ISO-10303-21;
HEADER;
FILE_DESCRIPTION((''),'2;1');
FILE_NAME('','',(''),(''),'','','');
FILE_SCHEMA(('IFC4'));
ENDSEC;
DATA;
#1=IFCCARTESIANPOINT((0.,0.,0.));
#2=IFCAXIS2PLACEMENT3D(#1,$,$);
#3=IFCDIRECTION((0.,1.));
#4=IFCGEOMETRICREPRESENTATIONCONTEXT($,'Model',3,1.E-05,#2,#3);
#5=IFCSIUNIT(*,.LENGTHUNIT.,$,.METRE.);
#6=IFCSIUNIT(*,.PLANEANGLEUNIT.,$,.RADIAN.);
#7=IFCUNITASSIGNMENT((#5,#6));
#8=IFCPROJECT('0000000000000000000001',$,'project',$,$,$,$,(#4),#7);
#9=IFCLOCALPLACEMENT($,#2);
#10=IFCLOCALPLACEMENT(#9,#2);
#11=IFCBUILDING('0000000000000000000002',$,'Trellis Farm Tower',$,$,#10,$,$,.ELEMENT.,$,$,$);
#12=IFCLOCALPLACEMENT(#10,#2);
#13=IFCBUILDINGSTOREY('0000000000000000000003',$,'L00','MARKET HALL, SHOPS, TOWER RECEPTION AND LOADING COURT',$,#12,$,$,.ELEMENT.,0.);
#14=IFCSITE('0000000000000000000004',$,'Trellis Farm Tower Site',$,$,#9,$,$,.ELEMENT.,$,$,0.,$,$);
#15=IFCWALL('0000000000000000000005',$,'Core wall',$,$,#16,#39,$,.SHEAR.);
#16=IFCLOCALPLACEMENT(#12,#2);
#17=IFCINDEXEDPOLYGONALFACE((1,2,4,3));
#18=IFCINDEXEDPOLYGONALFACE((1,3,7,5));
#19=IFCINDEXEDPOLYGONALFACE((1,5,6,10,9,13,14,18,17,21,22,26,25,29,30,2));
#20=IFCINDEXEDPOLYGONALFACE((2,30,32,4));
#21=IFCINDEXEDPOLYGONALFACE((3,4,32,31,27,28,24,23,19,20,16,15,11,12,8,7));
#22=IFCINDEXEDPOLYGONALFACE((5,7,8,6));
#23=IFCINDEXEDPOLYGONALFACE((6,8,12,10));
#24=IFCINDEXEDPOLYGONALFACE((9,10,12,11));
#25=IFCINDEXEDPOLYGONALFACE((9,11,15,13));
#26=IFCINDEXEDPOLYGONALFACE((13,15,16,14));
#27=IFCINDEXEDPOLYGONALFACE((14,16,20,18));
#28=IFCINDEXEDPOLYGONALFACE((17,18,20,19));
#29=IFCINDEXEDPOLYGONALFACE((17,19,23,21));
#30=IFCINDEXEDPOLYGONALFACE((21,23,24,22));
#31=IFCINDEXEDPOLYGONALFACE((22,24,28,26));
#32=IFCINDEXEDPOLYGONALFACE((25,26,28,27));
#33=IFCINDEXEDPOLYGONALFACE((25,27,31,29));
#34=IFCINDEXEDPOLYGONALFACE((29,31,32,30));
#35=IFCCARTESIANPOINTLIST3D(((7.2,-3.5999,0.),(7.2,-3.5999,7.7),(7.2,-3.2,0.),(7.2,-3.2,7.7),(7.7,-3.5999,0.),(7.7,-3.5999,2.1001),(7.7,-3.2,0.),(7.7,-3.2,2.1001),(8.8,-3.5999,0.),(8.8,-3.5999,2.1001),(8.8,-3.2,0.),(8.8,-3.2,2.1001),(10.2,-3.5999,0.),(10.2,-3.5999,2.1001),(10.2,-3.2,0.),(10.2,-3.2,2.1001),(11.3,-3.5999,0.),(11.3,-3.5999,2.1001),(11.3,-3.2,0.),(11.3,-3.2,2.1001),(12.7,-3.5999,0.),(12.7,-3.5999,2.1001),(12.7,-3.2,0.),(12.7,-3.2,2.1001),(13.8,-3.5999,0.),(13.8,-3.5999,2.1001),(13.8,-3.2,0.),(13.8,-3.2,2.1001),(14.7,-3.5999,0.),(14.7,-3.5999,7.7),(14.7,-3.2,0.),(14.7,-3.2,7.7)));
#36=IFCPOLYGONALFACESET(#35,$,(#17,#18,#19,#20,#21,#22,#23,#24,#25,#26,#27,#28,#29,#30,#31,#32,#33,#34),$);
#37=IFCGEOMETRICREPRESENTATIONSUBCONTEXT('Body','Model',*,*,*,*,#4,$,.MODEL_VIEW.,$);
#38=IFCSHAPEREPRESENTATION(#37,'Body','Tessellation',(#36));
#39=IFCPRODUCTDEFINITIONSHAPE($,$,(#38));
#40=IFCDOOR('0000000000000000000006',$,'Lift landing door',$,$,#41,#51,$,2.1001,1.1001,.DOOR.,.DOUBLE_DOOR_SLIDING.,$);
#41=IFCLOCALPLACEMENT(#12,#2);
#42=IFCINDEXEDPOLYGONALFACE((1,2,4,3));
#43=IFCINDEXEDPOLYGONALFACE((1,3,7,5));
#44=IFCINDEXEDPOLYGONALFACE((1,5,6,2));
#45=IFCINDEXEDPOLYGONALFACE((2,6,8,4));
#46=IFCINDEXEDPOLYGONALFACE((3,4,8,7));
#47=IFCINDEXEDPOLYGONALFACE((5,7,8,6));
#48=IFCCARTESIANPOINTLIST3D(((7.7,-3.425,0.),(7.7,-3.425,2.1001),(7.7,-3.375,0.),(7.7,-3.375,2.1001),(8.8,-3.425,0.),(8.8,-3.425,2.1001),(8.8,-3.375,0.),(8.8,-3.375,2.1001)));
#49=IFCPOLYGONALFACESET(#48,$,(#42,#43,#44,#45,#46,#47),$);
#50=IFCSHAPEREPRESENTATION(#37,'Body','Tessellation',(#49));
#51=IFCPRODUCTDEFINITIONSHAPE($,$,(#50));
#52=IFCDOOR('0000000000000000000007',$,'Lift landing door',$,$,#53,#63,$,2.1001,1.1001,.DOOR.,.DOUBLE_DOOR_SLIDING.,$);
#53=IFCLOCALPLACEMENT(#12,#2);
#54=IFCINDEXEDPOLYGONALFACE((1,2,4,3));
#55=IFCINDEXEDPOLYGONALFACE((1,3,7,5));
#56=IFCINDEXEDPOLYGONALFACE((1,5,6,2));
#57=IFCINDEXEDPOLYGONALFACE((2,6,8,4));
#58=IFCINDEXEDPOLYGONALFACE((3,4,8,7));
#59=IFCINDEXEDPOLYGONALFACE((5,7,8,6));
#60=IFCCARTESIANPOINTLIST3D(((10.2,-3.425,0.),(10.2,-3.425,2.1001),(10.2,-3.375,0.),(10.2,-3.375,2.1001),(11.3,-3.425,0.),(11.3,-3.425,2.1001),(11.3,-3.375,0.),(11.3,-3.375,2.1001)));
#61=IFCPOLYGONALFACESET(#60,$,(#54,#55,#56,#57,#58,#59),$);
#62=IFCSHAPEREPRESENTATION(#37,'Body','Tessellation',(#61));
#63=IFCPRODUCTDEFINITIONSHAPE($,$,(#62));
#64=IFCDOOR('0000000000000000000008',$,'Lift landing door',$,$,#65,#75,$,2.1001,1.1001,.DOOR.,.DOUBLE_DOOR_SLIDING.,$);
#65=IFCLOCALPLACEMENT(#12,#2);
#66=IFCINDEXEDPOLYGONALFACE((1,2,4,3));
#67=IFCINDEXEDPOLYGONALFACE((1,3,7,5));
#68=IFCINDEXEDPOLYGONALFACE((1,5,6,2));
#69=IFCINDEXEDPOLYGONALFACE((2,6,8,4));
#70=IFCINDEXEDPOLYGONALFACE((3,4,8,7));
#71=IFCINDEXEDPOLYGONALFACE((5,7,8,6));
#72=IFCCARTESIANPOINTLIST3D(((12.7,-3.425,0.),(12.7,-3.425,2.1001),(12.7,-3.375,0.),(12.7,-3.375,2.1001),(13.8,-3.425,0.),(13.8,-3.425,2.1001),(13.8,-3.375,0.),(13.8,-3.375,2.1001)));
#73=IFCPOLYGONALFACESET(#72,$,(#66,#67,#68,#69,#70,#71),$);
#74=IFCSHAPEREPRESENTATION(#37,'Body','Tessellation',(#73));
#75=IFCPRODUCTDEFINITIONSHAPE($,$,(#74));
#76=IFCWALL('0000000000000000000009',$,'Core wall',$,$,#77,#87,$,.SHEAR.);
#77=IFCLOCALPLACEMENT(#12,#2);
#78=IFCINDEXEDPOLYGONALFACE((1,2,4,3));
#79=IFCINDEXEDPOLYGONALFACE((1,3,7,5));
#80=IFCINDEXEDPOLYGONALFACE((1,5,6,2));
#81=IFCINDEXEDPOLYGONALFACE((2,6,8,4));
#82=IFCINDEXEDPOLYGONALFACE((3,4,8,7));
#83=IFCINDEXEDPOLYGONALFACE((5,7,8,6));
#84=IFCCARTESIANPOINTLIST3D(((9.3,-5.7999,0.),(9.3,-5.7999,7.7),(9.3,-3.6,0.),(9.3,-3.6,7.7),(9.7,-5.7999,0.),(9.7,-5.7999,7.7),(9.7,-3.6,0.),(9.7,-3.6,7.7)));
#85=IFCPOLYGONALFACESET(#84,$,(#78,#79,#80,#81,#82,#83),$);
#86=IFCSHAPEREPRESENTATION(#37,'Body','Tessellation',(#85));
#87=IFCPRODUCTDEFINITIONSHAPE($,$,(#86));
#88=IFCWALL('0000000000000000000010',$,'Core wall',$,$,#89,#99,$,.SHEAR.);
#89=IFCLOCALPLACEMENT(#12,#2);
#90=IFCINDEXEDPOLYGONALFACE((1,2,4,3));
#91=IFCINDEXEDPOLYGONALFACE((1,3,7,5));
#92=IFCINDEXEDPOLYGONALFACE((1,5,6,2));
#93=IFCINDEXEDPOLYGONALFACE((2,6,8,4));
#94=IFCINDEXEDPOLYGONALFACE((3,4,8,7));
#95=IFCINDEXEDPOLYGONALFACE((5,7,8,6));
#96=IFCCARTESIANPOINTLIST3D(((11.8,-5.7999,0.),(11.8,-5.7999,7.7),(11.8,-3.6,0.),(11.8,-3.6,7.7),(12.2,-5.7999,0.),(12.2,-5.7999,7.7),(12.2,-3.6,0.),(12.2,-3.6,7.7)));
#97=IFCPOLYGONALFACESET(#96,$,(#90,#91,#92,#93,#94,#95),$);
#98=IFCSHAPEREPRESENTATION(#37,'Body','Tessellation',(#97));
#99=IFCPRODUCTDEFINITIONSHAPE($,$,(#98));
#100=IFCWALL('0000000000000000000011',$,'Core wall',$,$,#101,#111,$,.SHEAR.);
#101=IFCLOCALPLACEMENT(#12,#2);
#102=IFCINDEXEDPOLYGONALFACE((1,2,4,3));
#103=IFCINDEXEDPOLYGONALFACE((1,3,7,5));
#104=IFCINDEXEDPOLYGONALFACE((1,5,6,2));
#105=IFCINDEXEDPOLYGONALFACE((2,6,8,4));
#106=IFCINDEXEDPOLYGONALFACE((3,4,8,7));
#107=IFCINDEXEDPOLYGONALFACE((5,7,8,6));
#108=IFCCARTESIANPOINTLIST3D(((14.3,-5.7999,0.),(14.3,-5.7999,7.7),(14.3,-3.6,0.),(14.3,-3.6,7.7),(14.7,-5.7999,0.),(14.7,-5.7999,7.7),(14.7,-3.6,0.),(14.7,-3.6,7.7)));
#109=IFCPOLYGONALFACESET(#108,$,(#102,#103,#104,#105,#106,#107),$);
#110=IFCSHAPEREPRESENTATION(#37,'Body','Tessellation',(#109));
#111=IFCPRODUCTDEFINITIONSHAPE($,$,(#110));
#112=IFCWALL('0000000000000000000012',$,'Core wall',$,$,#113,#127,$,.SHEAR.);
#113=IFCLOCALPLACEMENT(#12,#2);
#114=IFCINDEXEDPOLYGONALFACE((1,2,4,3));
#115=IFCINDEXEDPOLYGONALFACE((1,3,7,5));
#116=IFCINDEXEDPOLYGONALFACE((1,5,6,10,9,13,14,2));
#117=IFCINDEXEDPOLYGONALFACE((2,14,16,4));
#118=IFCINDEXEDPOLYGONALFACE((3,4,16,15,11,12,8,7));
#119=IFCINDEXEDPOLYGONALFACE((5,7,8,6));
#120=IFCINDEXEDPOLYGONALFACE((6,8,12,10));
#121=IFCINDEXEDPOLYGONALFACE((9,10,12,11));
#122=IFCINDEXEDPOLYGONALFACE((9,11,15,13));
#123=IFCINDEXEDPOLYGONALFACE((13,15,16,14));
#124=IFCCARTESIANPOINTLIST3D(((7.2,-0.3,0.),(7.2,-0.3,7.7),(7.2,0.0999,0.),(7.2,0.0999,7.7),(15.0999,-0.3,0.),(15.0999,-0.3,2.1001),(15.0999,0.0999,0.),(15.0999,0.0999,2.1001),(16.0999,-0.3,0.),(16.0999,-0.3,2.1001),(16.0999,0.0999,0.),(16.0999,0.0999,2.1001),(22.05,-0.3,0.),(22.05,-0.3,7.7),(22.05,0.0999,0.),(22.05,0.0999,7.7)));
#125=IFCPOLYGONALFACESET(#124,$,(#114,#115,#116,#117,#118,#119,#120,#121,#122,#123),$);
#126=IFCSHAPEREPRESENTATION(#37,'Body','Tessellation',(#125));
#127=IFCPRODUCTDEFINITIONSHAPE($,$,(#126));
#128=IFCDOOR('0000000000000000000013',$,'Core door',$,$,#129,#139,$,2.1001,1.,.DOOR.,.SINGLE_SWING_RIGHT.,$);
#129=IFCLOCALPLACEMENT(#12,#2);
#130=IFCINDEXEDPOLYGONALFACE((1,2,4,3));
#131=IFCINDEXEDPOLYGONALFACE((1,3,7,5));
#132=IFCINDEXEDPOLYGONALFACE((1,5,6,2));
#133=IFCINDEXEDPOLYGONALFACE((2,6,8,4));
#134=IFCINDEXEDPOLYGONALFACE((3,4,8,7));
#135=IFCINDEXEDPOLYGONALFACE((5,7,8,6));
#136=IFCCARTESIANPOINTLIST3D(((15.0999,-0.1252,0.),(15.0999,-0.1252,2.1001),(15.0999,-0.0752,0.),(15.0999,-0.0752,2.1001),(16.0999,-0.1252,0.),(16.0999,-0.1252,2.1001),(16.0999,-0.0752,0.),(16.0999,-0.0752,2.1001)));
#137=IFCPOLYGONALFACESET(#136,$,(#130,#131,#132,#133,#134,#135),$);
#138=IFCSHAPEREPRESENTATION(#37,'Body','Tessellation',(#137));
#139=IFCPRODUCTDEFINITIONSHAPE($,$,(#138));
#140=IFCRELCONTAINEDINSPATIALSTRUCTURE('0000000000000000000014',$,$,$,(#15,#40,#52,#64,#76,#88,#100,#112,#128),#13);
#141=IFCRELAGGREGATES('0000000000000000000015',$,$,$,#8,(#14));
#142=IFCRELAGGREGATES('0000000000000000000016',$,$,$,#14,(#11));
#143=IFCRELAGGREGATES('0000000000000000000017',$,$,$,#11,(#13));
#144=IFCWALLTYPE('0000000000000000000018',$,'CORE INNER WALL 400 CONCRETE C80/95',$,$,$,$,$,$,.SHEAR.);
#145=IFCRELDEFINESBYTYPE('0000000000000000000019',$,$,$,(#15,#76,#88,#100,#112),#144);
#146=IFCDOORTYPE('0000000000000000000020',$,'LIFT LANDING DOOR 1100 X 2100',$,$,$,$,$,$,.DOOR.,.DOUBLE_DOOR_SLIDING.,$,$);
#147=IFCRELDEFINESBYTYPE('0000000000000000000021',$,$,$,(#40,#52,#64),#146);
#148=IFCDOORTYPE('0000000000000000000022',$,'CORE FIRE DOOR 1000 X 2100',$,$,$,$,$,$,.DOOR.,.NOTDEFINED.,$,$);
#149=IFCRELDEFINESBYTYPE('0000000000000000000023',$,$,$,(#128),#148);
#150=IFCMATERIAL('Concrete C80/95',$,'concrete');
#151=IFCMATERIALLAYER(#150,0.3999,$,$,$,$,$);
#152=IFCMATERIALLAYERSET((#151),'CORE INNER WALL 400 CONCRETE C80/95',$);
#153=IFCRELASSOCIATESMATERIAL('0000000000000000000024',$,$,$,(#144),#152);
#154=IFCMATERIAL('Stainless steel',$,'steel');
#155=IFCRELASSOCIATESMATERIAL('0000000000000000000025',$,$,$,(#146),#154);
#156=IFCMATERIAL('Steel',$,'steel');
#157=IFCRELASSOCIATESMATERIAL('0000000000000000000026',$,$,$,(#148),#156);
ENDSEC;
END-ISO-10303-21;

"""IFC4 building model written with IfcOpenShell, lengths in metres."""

from ifc_helpers import new_model, si_unit, direction, frame, frame_2d, origin, place, context, subcontext, project, spatial, rectangle, extrude, source, transform, mapped, material, layer, layer_set, type_object, element, fill, save


model = new_model("IFC4")

# Units and contexts
model_context = context("Model", 3, precision=1e-05, world=origin(), true_north=direction((0.0, 1.0)))
body_context = subcontext(model_context, "Body", "Model", "MODEL_VIEW")
ifc_project = project(units=[si_unit("LENGTHUNIT", "METRE"), si_unit("PLANEANGLEUNIT", "RADIAN")], contexts=[model_context])

# Site, building, storey
site_placement = place(None, origin())
site = spatial("IfcSite", under=ifc_project, at=site_placement, Name="Trellis Farm Tower Site", CompositionType="ELEMENT", RefElevation=0.0)
building_placement = place(site_placement, origin())
building = spatial("IfcBuilding", under=site, at=building_placement, Name="Trellis Farm Tower", CompositionType="ELEMENT")
storey_placement = place(building_placement, origin())
storey = spatial("IfcBuildingStorey", under=building, at=storey_placement, Name="L00", Description="MARKET HALL, SHOPS, TOWER RECEPTION AND LOADING COURT", CompositionType="ELEMENT", Elevation=0.0)

# Wall, openings, doors
ifc_material_1 = material(Name="Concrete C80/95", Category="concrete")
ifc_layer = layer(ifc_material_1, 0.3999)
ifc_layer_set = layer_set([ifc_layer], Name="CORE INNER WALL 400 CONCRETE C80/95")
wall_type = type_object("IfcWallType", Name="CORE INNER WALL 400 CONCRETE C80/95", PredefinedType="SHEAR", material=ifc_layer_set)
wall_1_placement = place(storey_placement, frame((7.2, -3.3999, 0.0), z_axis=(0.0, 0.0, 1.0), x_axis=(1.0, 0.0, 0.0)))
wall_1 = element("IfcWall", 1, at=wall_1_placement, inside=storey, type_object=wall_type, Name="Core wall", PredefinedType="SHEAR", context=body_context, shape_type="SweptSolid", body=[
    extrude(rectangle(XDim=7.5, YDim=0.3999, at=frame_2d((3.75, 0.0))), origin(), (0.0, 0.0, 1.0), 7.7),
])
shared_shape_1 = source(origin(), body_context, "Body", "SweptSolid", [
    extrude(rectangle(XDim=1.1001, YDim=2.1001, at=frame_2d((0.55, 1.05))), frame((0.0, 0.21, 0.0), z_axis=(0.0, -1.0, 0.0), x_axis=(1.0, 0.0, 0.0)), (0.0, 0.0, 1.0), 0.4199),
])
opening_1_placement = place(wall_1_placement, frame((0.5, 0.0, 0.0)))
opening_1 = element("IfcOpeningElement", 2, at=opening_1_placement, cuts=wall_1, PredefinedType="OPENING", context=body_context, shape_type="MappedRepresentation", body=[
    mapped(shared_shape_1, transform((0.0, 0.0, 0.0))),
])
opening_2_placement = place(wall_1_placement, frame((3.0, 0.0, 0.0)))
opening_2 = element("IfcOpeningElement", 3, at=opening_2_placement, cuts=wall_1, PredefinedType="OPENING", context=body_context, shape_type="MappedRepresentation", body=[
    mapped(shared_shape_1, transform((0.0, 0.0, 0.0))),
])
opening_3_placement = place(wall_1_placement, frame((5.5, 0.0, 0.0)))
opening_3 = element("IfcOpeningElement", 4, at=opening_3_placement, cuts=wall_1, PredefinedType="OPENING", context=body_context, shape_type="MappedRepresentation", body=[
    mapped(shared_shape_1, transform((0.0, 0.0, 0.0))),
])
ifc_material_2 = material(Name="Stainless steel", Category="steel")
door_type_1 = type_object("IfcDoorType", Name="LIFT LANDING DOOR 1100 X 2100", OperationType="DOUBLE_DOOR_SLIDING", PredefinedType="DOOR", material=ifc_material_2)
shared_shape_2 = source(origin(), body_context, "Body", "SweptSolid", [
    extrude(rectangle(XDim=1.1001, YDim=2.1001, at=frame_2d((0.55, 1.05))), frame((0.0, 0.0249, 0.0), z_axis=(0.0, -1.0, 0.0), x_axis=(1.0, 0.0, 0.0)), (0.0, 0.0, 1.0), 0.05),
])
door_1_placement = place(opening_1_placement, origin())
door_1 = element("IfcDoor", 5, at=door_1_placement, inside=storey, type_object=door_type_1, Name="Lift landing door", OperationType="DOUBLE_DOOR_SLIDING", OverallHeight=2.1001, OverallWidth=1.1001, PredefinedType="DOOR", context=body_context, shape_type="MappedRepresentation", body=[
    mapped(shared_shape_2, transform((0.0, 0.0, 0.0))),
])
fill(opening_1, door_1)
door_2_placement = place(opening_2_placement, origin())
door_2 = element("IfcDoor", 6, at=door_2_placement, inside=storey, type_object=door_type_1, Name="Lift landing door", OperationType="DOUBLE_DOOR_SLIDING", OverallHeight=2.1001, OverallWidth=1.1001, PredefinedType="DOOR", context=body_context, shape_type="MappedRepresentation", body=[
    mapped(shared_shape_2, transform((0.0, 0.0, 0.0))),
])
fill(opening_2, door_2)
door_3_placement = place(opening_3_placement, origin())
door_3 = element("IfcDoor", 7, at=door_3_placement, inside=storey, type_object=door_type_1, Name="Lift landing door", OperationType="DOUBLE_DOOR_SLIDING", OverallHeight=2.1001, OverallWidth=1.1001, PredefinedType="DOOR", context=body_context, shape_type="MappedRepresentation", body=[
    mapped(shared_shape_2, transform((0.0, 0.0, 0.0))),
])
fill(opening_3, door_3)

# Walls
shared_shape_3 = source(origin(), body_context, "Body", "SweptSolid", [
    extrude(rectangle(XDim=2.2, YDim=0.3999, at=frame_2d((1.1001, 0.0))), origin(), (0.0, 0.0, 1.0), 7.7),
])
for number, where, z_axis, x_axis, name in (
    (8, (9.5, -5.8, 0.0), (0.0, 0.0, 1.0), (0.0, 1.0, 0.0), "Core wall"),
    (9, (12.0, -5.8, 0.0), (0.0, 0.0, 1.0), (0.0, 1.0, 0.0), "Core wall"),
    (10, (14.5, -5.8, 0.0), (0.0, 0.0, 1.0), (0.0, 1.0, 0.0), "Core wall"),
):
    element("IfcWall", number, at=place(storey_placement, frame(where, z_axis=z_axis, x_axis=x_axis)), inside=storey, type_object=wall_type, Name=name, PredefinedType="SHEAR", context=body_context, shape_type="MappedRepresentation", body=[
        mapped(shared_shape_3, transform((0.0, 0.0, 0.0))),
    ])

# Wall, opening, door
shared_shape_4 = source(origin(), body_context, "Body", "SweptSolid", [
    extrude(rectangle(XDim=14.8501, YDim=0.3999, at=frame_2d((7.425, 0.0))), origin(), (0.0, 0.0, 1.0), 7.7),
])
wall_2_placement = place(storey_placement, frame((7.2, -0.1001, 0.0), z_axis=(0.0, 0.0, 1.0), x_axis=(1.0, 0.0, 0.0)))
wall_2 = element("IfcWall", 11, at=wall_2_placement, inside=storey, type_object=wall_type, Name="Core wall", PredefinedType="SHEAR", context=body_context, shape_type="MappedRepresentation", body=[
    mapped(shared_shape_4, transform((0.0, 0.0, 0.0))),
])
shared_shape_5 = source(origin(), body_context, "Body", "SweptSolid", [
    extrude(rectangle(XDim=1.0, YDim=2.1001, at=frame_2d((0.5, 1.05))), frame((0.0, 0.21, 0.0), z_axis=(0.0, -1.0, 0.0), x_axis=(1.0, 0.0, 0.0)), (0.0, 0.0, 1.0), 0.4199),
])
opening_4_placement = place(wall_2_placement, frame((7.8999, 0.0, 0.0)))
opening_4 = element("IfcOpeningElement", 12, at=opening_4_placement, cuts=wall_2, PredefinedType="OPENING", context=body_context, shape_type="MappedRepresentation", body=[
    mapped(shared_shape_5, transform((0.0, 0.0, 0.0))),
])
ifc_material_3 = material(Name="Steel", Category="steel")
door_type_2 = type_object("IfcDoorType", Name="CORE FIRE DOOR 1000 X 2100", OperationType="NOTDEFINED", PredefinedType="DOOR", material=ifc_material_3)
shared_shape_6 = source(origin(), body_context, "Body", "SweptSolid", [
    extrude(rectangle(XDim=1.0, YDim=2.1001, at=frame_2d((0.5, 1.05))), frame((0.0, 0.0249, 0.0), z_axis=(0.0, -1.0, 0.0), x_axis=(1.0, 0.0, 0.0)), (0.0, 0.0, 1.0), 0.05),
])
door_4_placement = place(opening_4_placement, origin())
door_4 = element("IfcDoor", 13, at=door_4_placement, inside=storey, type_object=door_type_2, Name="Core door", OperationType="SINGLE_SWING_RIGHT", OverallHeight=2.1001, OverallWidth=1.0, PredefinedType="DOOR", context=body_context, shape_type="MappedRepresentation", body=[
    mapped(shared_shape_6, transform((0.0, 0.0, 0.0))),
])
fill(opening_4, door_4)

save(model, "model.ifc")
